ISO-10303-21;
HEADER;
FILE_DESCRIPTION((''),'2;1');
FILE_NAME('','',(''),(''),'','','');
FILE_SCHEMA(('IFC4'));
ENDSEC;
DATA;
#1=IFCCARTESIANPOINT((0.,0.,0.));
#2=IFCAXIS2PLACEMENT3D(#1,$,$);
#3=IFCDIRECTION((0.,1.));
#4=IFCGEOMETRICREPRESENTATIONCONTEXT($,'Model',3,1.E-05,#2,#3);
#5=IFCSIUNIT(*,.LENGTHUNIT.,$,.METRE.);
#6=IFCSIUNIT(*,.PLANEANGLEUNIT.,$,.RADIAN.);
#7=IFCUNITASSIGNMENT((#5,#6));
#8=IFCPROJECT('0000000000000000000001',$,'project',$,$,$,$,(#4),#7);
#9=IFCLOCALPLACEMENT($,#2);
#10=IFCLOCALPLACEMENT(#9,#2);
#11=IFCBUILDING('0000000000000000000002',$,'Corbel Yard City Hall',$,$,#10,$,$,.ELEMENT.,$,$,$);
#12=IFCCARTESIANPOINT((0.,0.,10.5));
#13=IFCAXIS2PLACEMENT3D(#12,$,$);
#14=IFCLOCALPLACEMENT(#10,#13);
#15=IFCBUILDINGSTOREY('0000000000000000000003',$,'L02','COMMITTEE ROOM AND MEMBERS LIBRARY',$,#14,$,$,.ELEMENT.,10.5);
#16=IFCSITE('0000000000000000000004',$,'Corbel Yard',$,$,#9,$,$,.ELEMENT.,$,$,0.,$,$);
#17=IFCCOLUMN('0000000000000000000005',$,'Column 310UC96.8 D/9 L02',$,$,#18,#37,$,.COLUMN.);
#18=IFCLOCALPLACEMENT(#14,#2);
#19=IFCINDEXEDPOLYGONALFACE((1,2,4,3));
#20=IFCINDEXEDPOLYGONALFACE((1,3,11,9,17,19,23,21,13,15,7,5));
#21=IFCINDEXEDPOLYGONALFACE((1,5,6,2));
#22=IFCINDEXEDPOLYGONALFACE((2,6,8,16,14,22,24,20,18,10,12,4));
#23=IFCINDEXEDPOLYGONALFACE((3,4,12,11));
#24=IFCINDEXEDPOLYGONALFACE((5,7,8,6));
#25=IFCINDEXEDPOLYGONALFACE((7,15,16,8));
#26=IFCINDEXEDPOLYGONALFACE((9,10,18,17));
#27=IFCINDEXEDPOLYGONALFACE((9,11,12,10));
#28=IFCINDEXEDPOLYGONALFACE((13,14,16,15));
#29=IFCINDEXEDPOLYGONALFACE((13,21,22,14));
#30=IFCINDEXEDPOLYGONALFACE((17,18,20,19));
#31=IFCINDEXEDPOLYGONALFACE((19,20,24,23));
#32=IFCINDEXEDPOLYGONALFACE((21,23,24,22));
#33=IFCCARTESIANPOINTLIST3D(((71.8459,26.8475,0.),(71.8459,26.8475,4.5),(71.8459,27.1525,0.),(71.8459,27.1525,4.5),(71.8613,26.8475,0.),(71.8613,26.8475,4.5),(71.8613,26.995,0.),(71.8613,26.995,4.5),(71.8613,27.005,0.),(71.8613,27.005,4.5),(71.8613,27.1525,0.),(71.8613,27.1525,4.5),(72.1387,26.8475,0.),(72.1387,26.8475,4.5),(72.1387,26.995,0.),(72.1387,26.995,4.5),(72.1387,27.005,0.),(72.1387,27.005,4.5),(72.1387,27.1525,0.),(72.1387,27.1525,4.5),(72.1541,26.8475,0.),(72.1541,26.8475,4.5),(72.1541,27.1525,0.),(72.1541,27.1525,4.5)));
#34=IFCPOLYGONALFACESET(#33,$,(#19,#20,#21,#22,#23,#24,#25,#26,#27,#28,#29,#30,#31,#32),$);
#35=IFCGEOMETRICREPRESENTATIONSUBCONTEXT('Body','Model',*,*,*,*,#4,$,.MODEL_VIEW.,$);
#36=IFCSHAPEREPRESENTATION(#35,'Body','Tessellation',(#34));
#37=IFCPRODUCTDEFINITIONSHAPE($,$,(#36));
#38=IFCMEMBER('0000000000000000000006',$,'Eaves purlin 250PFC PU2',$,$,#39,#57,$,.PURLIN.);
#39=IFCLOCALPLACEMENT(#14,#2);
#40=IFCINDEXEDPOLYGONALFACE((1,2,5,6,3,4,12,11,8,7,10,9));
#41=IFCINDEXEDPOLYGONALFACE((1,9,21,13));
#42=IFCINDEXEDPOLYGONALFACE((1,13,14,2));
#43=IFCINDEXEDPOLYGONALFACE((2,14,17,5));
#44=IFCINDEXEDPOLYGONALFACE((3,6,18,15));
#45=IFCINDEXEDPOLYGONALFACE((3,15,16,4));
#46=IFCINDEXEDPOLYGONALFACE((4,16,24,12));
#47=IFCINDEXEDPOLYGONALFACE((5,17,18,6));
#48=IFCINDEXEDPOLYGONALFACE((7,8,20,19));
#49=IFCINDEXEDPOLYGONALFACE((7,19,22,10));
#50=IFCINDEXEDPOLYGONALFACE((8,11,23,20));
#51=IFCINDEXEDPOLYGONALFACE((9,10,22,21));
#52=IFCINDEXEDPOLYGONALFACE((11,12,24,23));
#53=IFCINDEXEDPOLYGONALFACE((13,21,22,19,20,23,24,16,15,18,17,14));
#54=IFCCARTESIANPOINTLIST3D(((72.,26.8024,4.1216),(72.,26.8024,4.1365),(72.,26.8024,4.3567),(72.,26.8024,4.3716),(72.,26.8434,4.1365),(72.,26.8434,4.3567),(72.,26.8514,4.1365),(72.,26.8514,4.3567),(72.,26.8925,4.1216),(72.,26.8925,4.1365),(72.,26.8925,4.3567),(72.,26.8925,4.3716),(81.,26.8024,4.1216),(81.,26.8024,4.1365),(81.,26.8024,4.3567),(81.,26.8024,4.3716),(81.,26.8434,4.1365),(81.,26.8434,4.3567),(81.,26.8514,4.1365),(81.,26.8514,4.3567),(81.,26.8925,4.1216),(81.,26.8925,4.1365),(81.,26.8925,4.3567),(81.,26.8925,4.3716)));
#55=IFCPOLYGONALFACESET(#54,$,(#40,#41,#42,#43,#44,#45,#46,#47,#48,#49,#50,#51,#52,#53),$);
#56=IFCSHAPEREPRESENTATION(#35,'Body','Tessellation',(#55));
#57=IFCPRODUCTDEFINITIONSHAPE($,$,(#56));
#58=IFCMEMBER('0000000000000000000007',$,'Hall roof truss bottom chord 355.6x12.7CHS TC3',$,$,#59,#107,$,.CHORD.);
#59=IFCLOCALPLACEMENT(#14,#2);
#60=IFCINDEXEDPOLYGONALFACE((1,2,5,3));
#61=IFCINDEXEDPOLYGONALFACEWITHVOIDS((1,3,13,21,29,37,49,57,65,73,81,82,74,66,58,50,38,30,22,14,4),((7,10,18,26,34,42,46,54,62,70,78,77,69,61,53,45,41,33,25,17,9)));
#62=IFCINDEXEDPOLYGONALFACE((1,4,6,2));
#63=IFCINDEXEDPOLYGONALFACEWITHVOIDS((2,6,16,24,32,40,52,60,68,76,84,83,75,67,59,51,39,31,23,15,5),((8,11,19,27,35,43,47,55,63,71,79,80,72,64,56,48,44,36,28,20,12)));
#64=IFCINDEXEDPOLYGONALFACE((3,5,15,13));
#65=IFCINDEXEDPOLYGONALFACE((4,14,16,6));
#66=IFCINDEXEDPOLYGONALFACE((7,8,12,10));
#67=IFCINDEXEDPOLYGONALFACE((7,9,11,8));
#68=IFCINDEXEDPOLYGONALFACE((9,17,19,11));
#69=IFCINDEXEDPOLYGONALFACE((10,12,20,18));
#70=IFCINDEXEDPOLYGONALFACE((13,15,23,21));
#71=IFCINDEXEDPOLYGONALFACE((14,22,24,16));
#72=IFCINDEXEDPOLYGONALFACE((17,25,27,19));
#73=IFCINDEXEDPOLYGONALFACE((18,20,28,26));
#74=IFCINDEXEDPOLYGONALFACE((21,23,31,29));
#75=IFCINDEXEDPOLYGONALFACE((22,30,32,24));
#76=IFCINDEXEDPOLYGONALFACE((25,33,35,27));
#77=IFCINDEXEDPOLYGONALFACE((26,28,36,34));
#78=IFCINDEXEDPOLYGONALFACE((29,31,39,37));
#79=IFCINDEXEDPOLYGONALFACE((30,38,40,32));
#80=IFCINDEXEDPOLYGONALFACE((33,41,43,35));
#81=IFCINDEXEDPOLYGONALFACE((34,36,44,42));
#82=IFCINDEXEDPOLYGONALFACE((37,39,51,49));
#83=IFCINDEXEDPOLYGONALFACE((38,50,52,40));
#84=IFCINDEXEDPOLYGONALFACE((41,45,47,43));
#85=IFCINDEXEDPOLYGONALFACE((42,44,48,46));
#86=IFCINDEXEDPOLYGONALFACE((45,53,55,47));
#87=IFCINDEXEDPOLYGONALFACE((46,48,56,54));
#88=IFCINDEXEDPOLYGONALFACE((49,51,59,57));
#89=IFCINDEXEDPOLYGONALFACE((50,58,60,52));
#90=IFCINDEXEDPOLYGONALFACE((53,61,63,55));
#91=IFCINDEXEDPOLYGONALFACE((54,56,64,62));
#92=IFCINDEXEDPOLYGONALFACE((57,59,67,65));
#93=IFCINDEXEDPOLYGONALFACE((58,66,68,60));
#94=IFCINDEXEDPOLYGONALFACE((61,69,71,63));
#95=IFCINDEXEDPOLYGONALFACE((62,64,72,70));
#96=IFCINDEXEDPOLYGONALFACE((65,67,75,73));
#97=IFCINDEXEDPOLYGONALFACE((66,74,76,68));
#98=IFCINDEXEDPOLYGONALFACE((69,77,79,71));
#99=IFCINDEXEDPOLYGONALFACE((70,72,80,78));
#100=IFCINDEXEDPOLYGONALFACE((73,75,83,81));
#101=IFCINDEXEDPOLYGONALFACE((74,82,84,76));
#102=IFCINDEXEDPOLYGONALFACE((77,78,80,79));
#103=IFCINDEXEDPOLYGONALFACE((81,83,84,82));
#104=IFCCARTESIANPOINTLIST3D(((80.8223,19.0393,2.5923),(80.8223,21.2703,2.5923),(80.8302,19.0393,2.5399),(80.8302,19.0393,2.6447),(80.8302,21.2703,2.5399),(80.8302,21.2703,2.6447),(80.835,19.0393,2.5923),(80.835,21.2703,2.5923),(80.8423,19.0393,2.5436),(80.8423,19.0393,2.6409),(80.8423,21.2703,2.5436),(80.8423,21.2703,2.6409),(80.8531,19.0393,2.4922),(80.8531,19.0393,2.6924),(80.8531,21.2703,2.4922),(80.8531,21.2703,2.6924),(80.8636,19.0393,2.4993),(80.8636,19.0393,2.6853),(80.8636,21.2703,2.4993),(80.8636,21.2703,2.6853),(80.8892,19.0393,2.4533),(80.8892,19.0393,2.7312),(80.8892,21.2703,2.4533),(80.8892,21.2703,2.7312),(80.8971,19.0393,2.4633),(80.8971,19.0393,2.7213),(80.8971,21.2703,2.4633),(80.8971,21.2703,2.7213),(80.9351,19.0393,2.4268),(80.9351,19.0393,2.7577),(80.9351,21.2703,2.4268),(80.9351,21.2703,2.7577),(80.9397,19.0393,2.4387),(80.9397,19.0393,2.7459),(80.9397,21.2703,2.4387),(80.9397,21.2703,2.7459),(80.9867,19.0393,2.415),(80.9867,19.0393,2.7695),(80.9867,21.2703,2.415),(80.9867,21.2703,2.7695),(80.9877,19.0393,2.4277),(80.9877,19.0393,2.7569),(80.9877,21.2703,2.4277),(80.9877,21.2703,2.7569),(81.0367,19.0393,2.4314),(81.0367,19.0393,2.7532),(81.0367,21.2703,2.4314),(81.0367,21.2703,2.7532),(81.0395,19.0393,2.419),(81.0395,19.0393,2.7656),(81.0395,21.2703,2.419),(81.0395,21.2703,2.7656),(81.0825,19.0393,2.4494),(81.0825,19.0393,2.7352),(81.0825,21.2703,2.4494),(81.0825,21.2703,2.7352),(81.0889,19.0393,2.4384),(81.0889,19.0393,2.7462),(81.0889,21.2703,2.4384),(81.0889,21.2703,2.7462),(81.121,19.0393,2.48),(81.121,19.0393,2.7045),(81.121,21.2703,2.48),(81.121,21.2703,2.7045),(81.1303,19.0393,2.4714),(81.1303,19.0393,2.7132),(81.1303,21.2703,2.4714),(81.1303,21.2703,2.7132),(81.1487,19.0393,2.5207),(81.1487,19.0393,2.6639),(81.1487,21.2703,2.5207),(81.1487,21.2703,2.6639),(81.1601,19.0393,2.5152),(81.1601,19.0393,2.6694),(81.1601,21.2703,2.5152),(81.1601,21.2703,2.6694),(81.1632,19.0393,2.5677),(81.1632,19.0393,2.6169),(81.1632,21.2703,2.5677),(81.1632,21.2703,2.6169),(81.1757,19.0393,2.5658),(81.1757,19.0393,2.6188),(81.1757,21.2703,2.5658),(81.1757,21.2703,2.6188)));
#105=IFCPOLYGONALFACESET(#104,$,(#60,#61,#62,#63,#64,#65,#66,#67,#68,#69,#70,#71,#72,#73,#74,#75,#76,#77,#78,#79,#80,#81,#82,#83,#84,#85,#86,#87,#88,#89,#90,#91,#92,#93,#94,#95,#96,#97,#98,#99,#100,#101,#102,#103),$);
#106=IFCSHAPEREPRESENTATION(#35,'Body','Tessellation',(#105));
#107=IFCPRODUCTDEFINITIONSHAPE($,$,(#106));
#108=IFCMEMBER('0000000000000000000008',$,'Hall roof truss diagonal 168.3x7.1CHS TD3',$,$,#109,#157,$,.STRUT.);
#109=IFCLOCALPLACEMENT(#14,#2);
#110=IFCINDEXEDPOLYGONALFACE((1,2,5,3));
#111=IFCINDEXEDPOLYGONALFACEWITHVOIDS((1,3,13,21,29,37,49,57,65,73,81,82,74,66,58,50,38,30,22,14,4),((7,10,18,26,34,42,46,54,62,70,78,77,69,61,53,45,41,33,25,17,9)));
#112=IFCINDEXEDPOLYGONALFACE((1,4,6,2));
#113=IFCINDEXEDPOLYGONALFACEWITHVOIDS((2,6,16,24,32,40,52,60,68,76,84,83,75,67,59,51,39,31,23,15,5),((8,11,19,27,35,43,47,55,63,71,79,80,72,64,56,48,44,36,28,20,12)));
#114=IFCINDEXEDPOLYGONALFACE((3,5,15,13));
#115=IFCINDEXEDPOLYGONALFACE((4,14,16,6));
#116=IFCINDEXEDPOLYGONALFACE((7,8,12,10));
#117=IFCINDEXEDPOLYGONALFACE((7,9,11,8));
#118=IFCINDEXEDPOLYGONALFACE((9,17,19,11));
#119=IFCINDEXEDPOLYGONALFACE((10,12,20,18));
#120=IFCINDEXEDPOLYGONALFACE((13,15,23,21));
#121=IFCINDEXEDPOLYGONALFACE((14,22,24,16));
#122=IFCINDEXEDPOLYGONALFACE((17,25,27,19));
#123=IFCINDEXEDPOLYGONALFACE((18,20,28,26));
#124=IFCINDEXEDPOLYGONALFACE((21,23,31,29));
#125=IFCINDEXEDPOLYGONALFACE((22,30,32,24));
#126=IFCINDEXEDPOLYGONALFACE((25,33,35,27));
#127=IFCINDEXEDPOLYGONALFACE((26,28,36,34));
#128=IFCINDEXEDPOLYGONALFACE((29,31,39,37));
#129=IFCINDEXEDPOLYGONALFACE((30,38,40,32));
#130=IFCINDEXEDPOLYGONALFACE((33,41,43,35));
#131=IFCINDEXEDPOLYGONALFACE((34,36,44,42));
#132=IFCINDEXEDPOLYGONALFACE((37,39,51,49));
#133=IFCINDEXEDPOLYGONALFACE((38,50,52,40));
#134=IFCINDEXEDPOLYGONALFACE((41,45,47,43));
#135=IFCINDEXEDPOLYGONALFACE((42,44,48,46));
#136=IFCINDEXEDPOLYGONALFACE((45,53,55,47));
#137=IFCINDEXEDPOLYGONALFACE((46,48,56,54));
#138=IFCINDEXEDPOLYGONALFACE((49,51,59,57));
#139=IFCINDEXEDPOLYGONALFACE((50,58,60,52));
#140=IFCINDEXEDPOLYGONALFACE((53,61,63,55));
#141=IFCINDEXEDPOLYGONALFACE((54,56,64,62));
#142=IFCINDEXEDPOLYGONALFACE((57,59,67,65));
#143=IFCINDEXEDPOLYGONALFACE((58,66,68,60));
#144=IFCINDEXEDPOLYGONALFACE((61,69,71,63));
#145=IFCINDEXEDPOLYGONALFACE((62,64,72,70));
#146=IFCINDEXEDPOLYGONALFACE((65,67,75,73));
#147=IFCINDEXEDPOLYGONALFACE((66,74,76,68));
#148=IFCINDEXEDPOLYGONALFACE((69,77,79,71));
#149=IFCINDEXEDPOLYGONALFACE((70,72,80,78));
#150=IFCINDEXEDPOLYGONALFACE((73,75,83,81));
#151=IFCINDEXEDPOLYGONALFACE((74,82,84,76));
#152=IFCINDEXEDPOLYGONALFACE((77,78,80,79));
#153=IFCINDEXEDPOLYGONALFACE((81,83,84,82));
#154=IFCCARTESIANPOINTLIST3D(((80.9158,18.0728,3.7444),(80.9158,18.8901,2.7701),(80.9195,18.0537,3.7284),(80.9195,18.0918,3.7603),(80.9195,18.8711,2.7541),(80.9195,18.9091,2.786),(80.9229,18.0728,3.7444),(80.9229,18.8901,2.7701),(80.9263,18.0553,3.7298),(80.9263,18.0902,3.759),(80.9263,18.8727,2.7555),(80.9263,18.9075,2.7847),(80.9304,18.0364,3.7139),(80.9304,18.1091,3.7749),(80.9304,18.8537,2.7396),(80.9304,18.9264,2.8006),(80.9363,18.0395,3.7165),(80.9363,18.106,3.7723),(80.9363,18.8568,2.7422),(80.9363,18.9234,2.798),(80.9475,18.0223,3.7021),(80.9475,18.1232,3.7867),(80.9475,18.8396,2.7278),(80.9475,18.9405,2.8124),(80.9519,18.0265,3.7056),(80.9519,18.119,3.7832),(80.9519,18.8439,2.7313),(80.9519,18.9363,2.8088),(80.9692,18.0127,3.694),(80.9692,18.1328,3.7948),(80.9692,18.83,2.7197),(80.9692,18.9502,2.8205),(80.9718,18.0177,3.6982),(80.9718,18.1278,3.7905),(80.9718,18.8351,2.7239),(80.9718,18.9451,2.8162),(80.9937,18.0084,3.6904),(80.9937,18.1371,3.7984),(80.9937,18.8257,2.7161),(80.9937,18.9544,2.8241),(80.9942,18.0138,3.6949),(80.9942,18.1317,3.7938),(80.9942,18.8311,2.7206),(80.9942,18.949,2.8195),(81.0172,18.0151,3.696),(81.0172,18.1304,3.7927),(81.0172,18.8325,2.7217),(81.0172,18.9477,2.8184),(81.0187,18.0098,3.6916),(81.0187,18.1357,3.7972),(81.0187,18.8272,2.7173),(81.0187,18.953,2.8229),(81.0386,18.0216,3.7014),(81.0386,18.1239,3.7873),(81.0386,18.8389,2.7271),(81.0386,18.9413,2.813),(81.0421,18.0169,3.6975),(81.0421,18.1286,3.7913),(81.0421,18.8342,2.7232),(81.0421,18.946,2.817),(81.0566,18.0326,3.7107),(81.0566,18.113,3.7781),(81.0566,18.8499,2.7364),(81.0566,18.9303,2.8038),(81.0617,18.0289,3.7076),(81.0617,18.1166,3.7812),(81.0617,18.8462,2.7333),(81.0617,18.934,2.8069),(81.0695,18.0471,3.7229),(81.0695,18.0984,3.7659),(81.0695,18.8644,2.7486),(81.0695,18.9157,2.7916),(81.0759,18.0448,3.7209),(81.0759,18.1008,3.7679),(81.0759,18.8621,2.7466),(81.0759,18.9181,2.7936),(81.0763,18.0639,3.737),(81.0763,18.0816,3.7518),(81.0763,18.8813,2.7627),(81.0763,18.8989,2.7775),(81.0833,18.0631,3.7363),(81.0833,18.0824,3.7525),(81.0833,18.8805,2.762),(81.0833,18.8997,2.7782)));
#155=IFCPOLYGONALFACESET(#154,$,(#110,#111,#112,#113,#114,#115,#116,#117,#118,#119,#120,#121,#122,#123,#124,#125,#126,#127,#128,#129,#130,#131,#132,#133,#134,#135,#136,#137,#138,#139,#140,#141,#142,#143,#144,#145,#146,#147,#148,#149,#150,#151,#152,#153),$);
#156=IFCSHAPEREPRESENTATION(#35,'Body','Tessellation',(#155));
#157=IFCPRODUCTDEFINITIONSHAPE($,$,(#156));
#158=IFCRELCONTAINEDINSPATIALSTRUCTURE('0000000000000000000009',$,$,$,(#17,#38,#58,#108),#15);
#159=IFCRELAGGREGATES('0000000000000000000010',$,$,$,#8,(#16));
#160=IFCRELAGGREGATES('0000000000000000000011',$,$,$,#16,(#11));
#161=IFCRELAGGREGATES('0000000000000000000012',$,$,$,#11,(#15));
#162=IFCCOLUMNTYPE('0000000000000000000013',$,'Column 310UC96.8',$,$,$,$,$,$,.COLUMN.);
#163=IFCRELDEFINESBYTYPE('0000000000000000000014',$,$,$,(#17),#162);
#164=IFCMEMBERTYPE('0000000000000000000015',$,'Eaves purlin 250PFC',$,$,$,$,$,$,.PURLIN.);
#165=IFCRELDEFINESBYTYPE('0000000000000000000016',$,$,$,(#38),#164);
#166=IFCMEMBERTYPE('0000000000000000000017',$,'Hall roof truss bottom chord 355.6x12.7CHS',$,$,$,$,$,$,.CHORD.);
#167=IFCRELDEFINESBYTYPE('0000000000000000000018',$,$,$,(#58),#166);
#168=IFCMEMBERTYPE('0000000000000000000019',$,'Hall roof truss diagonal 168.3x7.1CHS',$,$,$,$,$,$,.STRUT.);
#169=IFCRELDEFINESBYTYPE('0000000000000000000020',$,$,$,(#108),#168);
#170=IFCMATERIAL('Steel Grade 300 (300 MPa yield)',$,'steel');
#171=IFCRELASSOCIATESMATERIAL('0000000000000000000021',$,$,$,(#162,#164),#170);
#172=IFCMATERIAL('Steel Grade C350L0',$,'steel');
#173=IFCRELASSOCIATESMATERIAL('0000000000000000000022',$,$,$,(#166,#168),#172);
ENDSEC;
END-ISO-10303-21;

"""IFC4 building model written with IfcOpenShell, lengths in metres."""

from ifc_helpers import new_model, si_unit, direction, frame, origin, origin_2d, place, context, subcontext, project, spatial, hollow_circle, i_section, extrude, material, material_profile, profile_set, type_object, element, save


model = new_model("IFC4")

# Units and contexts
model_context = context("Model", 3, precision=1e-05, world=origin(), true_north=direction((0.0, 1.0)))
body_context = subcontext(model_context, "Body", "Model", "MODEL_VIEW")
ifc_project = project(units=[si_unit("LENGTHUNIT", "METRE"), si_unit("PLANEANGLEUNIT", "RADIAN")], contexts=[model_context])

# Site, building, storey
site_placement = place(None, origin())
site = spatial("IfcSite", under=ifc_project, at=site_placement, Name="Corbel Yard", CompositionType="ELEMENT", RefElevation=0.0)
building_placement = place(site_placement, origin())
building = spatial("IfcBuilding", under=site, at=building_placement, Name="Corbel Yard City Hall", CompositionType="ELEMENT")
storey_placement = place(building_placement, frame((0.0, 0.0, 10.5)))
storey = spatial("IfcBuildingStorey", under=building, at=storey_placement, Name="L02", Description="COMMITTEE ROOM AND MEMBERS LIBRARY", CompositionType="ELEMENT", Elevation=10.5)

# Column
ifc_material_1 = material(Name="Steel Grade 300 (300 MPa yield)", Category="steel")
ifc_material_profile_1 = material_profile(ifc_material_1, i_section(OverallWidth=0.3049, OverallDepth=0.3081, WebThickness=0.01, FlangeThickness=0.0154, at=origin_2d()), Name="310UC96.8")
ifc_profile_set_1 = profile_set([ifc_material_profile_1], Name="Steel Grade 300 (300 MPa yield)")
column_type = type_object("IfcColumnType", Name="Column 310UC96.8", PredefinedType="COLUMN", material=ifc_profile_set_1)
column_placement = place(storey_placement, frame((72.0, 27.0, 0.0), z_axis=(0.0, 0.0, 1.0), x_axis=(0.0, 1.0, 0.0)))
element("IfcColumn", 1, at=column_placement, inside=storey, type_object=column_type, Name="Column 310UC96.8 D/9 L02", PredefinedType="COLUMN", context=body_context, shape_type="SweptSolid", body=[
    extrude(i_section(OverallWidth=0.3049, OverallDepth=0.3081, WebThickness=0.01, FlangeThickness=0.0154, at=origin_2d()), origin(), (0.0, 0.0, 1.0), 4.5),
])

# Members
ifc_material_profile_2 = material_profile(ifc_material_1, i_section(OverallWidth=0.0901, OverallDepth=0.25, WebThickness=0.0081, FlangeThickness=0.0149, at=origin_2d()), Name="250PFC")
ifc_profile_set_2 = profile_set([ifc_material_profile_2], Name="Steel Grade 300 (300 MPa yield)")
member_type_1 = type_object("IfcMemberType", Name="Eaves purlin 250PFC", PredefinedType="PURLIN", material=ifc_profile_set_2)
member_1_placement = place(storey_placement, frame((72.0, 26.8474, 4.2466), z_axis=(1.0, 0.0, 0.0), x_axis=(0.0, 1.0, 0.0)))
element("IfcMember", 2, at=member_1_placement, inside=storey, type_object=member_type_1, Name="Eaves purlin 250PFC PU2", PredefinedType="PURLIN", context=body_context, shape_type="SweptSolid", body=[
    extrude(i_section(OverallWidth=0.0901, OverallDepth=0.25, WebThickness=0.0081, FlangeThickness=0.0149, at=origin_2d()), origin(), (0.0, 0.0, 1.0), 9.0),
])
ifc_material_2 = material(Name="Steel Grade C350L0", Category="steel")
ifc_material_profile_3 = material_profile(ifc_material_2, hollow_circle(Radius=0.1777, WallThickness=0.0127, at=origin_2d()), Name="355.6x12.7CHS")
ifc_profile_set_3 = profile_set([ifc_material_profile_3], Name="Steel Grade C350L0")
member_type_2 = type_object("IfcMemberType", Name="Hall roof truss bottom chord 355.6x12.7CHS", PredefinedType="CHORD", material=ifc_profile_set_3)
member_2_placement = place(storey_placement, frame((81.0, 19.0393, 2.5923), z_axis=(0.0, 1.0, 0.0), x_axis=(-1.0, 0.0, 0.0)))
element("IfcMember", 3, at=member_2_placement, inside=storey, type_object=member_type_2, Name="Hall roof truss bottom chord 355.6x12.7CHS TC3", PredefinedType="CHORD", context=body_context, shape_type="SweptSolid", body=[
    extrude(hollow_circle(Radius=0.1777, WallThickness=0.0127, at=origin_2d()), origin(), (0.0, 0.0, 1.0), 2.231),
])
ifc_material_profile_4 = material_profile(ifc_material_2, hollow_circle(Radius=0.0842, WallThickness=0.0071, at=origin_2d()), Name="168.3x7.1CHS")
ifc_profile_set_4 = profile_set([ifc_material_profile_4], Name="Steel Grade C350L0")
member_type_3 = type_object("IfcMemberType", Name="Hall roof truss diagonal 168.3x7.1CHS", PredefinedType="STRUT", material=ifc_profile_set_4)
member_3_placement = place(storey_placement, frame((81.0, 18.0728, 3.7444), z_axis=(0.0, 0.642692, -0.766124), x_axis=(-1.0, 0.0, 0.0)))
element("IfcMember", 4, at=member_3_placement, inside=storey, type_object=member_type_3, Name="Hall roof truss diagonal 168.3x7.1CHS TD3", PredefinedType="STRUT", context=body_context, shape_type="SweptSolid", body=[
    extrude(hollow_circle(Radius=0.0842, WallThickness=0.0071, at=origin_2d()), origin(), (0.0, 0.0, 1.0), 1.2717),
])

save(model, "model.ifc")
